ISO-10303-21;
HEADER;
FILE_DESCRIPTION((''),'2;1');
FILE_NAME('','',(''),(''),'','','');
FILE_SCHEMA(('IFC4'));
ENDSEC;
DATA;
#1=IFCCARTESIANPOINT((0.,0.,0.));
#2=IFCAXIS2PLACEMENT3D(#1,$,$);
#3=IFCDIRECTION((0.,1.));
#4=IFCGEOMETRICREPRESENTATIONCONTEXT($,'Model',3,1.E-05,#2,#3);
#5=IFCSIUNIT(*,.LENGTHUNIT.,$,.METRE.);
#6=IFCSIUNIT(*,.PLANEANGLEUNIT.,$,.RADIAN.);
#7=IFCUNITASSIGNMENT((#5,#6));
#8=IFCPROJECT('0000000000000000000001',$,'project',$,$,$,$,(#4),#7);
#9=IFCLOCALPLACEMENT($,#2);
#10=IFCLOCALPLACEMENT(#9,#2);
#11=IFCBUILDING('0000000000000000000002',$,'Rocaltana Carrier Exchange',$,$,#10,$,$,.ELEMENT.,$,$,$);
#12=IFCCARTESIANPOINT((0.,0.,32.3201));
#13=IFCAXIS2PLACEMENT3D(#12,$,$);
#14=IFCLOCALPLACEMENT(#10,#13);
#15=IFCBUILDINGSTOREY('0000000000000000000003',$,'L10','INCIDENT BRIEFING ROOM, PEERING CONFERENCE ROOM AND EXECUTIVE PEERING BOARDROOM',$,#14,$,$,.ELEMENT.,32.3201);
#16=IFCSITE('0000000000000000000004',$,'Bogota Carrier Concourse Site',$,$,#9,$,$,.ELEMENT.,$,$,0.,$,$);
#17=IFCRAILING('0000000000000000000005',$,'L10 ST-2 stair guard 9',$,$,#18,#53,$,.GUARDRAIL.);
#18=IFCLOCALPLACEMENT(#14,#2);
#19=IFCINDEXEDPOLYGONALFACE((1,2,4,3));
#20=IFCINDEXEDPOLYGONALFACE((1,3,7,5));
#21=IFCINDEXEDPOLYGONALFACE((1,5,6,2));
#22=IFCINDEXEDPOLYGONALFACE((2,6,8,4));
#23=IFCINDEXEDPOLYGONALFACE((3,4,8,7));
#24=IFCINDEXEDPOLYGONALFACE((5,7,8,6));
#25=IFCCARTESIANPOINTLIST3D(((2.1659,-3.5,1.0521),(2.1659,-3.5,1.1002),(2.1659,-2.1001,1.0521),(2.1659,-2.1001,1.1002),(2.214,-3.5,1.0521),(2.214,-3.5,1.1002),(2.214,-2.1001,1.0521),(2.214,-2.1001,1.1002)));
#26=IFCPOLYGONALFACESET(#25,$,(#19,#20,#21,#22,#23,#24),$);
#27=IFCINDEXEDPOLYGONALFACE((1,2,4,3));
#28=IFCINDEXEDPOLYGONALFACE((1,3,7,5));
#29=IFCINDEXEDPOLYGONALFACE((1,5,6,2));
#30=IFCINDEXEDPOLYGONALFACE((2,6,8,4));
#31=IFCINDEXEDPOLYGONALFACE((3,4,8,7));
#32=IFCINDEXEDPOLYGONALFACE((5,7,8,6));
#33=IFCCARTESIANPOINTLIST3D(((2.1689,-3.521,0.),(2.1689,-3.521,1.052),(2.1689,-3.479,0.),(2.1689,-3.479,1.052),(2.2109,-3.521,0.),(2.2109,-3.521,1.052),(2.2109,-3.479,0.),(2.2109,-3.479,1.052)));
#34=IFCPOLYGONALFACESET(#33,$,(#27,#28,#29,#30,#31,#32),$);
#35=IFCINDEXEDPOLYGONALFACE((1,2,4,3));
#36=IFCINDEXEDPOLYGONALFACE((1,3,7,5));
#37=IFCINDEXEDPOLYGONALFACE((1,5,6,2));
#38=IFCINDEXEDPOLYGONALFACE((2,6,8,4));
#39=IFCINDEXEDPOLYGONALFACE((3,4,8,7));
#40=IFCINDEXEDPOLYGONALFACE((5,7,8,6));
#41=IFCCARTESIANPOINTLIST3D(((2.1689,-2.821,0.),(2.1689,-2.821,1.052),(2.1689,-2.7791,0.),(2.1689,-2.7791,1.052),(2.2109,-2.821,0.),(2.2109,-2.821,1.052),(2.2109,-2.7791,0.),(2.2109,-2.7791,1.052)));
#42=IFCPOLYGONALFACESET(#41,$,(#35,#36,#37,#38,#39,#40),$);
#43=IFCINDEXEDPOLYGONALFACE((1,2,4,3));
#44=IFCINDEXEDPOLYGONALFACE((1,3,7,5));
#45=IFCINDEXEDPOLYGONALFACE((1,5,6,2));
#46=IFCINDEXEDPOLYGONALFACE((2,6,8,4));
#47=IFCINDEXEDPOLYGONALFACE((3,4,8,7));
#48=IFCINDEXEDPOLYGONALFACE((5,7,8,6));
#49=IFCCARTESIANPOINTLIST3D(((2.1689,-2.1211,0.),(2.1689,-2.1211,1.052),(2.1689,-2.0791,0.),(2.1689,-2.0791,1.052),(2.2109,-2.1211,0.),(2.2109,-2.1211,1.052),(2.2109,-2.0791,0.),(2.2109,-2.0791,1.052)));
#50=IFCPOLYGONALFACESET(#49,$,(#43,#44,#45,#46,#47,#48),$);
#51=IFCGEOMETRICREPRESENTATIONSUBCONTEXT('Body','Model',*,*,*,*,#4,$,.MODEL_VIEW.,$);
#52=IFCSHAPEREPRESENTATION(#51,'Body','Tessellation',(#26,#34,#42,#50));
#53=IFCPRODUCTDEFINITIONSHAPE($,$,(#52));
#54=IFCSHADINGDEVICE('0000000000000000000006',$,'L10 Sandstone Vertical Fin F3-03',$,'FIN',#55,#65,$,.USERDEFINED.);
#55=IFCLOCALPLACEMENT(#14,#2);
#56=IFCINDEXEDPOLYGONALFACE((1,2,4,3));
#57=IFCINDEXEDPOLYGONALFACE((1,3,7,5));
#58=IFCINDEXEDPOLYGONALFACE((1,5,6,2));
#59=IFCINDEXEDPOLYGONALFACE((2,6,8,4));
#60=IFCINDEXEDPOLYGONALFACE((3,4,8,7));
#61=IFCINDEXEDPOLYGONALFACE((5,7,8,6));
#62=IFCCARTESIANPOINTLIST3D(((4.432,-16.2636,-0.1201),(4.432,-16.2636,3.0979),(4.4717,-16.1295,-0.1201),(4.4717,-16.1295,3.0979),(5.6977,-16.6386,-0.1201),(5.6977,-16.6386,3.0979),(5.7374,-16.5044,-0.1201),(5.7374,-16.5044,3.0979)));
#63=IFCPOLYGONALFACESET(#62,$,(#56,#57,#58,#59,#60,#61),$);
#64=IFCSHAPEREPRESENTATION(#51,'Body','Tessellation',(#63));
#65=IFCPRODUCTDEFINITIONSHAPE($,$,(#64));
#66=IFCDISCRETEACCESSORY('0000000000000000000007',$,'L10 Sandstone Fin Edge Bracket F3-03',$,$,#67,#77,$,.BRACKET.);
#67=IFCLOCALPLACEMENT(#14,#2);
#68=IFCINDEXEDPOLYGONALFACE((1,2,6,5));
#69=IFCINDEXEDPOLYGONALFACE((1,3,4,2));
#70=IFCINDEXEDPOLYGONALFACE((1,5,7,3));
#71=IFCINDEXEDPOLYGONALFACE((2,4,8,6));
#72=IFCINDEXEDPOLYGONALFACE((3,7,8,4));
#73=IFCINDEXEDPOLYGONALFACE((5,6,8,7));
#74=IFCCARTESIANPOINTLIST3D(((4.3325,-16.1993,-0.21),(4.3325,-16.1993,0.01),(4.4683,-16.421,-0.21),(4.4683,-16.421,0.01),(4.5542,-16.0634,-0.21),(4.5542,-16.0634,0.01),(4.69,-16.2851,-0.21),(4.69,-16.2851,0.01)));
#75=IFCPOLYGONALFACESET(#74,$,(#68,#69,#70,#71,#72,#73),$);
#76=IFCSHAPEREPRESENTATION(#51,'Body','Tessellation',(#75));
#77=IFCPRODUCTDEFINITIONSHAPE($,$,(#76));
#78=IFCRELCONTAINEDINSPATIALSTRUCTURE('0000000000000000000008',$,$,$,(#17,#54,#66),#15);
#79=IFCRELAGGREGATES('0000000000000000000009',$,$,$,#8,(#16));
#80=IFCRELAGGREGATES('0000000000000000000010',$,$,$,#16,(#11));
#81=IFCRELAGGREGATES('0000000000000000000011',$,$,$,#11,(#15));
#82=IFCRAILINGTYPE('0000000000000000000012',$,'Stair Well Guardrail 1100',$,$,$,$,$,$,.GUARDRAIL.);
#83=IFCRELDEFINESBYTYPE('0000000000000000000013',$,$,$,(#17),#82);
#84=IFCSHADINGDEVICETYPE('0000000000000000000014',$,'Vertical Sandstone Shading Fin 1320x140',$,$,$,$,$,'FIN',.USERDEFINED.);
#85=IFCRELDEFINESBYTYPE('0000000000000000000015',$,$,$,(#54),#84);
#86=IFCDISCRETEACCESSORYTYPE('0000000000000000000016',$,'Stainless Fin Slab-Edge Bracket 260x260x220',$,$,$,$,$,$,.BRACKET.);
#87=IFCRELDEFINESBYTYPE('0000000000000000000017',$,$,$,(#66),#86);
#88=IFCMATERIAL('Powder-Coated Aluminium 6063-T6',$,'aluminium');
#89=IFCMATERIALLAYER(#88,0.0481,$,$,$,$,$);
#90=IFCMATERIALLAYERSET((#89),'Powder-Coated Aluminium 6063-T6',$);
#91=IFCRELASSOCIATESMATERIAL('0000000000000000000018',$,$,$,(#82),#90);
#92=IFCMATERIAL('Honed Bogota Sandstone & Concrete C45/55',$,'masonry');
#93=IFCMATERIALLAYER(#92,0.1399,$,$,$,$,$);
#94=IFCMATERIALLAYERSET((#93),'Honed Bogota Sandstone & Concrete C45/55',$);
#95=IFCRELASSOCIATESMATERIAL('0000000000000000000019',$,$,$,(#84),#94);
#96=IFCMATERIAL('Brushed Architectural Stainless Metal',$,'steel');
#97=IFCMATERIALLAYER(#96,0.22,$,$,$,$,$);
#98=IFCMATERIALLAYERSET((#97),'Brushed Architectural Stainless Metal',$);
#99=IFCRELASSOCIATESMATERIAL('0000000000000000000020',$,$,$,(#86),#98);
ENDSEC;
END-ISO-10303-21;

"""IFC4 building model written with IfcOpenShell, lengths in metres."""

from ifc_helpers import new_model, si_unit, direction, frame, origin, origin_2d, place, context, subcontext, project, spatial, rectangle, extrude, material, layer, layer_set, type_object, element, save


model = new_model("IFC4")

# Units and contexts
model_context = context("Model", 3, precision=1e-05, world=origin(), true_north=direction((0.0, 1.0)))
body_context = subcontext(model_context, "Body", "Model", "MODEL_VIEW")
ifc_project = project(units=[si_unit("LENGTHUNIT", "METRE"), si_unit("PLANEANGLEUNIT", "RADIAN")], contexts=[model_context])

# Site, building, storey
site_placement = place(None, origin())
site = spatial("IfcSite", under=ifc_project, at=site_placement, Name="Bogota Carrier Concourse Site", CompositionType="ELEMENT", RefElevation=0.0)
building_placement = place(site_placement, origin())
building = spatial("IfcBuilding", under=site, at=building_placement, Name="Rocaltana Carrier Exchange", CompositionType="ELEMENT")
storey_placement = place(building_placement, frame((0.0, 0.0, 32.3201)))
storey = spatial("IfcBuildingStorey", under=building, at=storey_placement, Name="L10", Description="INCIDENT BRIEFING ROOM, PEERING CONFERENCE ROOM AND EXECUTIVE PEERING BOARDROOM", CompositionType="ELEMENT", Elevation=32.3201)

# Railing
ifc_material_1 = material(Name="Powder-Coated Aluminium 6063-T6", Category="aluminium")
ifc_layer_1 = layer(ifc_material_1, 0.0481)
ifc_layer_set_1 = layer_set([ifc_layer_1], Name="Powder-Coated Aluminium 6063-T6")
railing_type = type_object("IfcRailingType", Name="Stair Well Guardrail 1100", PredefinedType="GUARDRAIL", material=ifc_layer_set_1)
railing_placement = place(storey_placement, frame((2.1899, -3.5, 0.0)))
element("IfcRailing", 1, at=railing_placement, inside=storey, type_object=railing_type, Name="L10 ST-2 stair guard 9", PredefinedType="GUARDRAIL", context=body_context, shape_type="SweptSolid", body=[
    extrude(rectangle(XDim=0.0481, YDim=0.0481, at=origin_2d()), frame((0.0, 0.0, 1.0762), z_axis=(0.0, 1.0, 0.0), x_axis=(-1.0, 0.0, 0.0)), (0.0, 0.0, 1.0), 1.3999),
    extrude(rectangle(XDim=0.042, YDim=0.042, at=origin_2d()), origin(), (0.0, 0.0, 1.0), 1.052),
    extrude(rectangle(XDim=0.042, YDim=0.042, at=origin_2d()), frame((0.0, 0.7, 0.0)), (0.0, 0.0, 1.0), 1.052),
    extrude(rectangle(XDim=0.042, YDim=0.042, at=origin_2d()), frame((0.0, 1.3999, 0.0)), (0.0, 0.0, 1.0), 1.052),
])

# Shading device
ifc_material_2 = material(Name="Honed Bogota Sandstone & Concrete C45/55", Category="masonry")
ifc_layer_2 = layer(ifc_material_2, 0.1399)
ifc_layer_set_2 = layer_set([ifc_layer_2], Name="Honed Bogota Sandstone & Concrete C45/55")
shading_device_type = type_object("IfcShadingDeviceType", Name="Vertical Sandstone Shading Fin 1320x140", ElementType="FIN", PredefinedType="USERDEFINED", material=ifc_layer_set_2)
shading_device_placement = place(storey_placement, frame((5.0847, -16.384, -0.1201), z_axis=(0.0, 0.0, 1.0), x_axis=(0.95882, -0.284015, 0.0)))
element("IfcShadingDevice", 2, at=shading_device_placement, inside=storey, type_object=shading_device_type, Name="L10 Sandstone Vertical Fin F3-03", ObjectType="FIN", PredefinedType="USERDEFINED", context=body_context, shape_type="SweptSolid", body=[
    extrude(rectangle(XDim=1.3201, YDim=0.1399, at=origin_2d()), origin(), (0.0, 0.0, 1.0), 3.218),
])

# Discrete accessory
ifc_material_3 = material(Name="Brushed Architectural Stainless Metal", Category="steel")
ifc_layer_3 = layer(ifc_material_3, 0.22)
ifc_layer_set_3 = layer_set([ifc_layer_3], Name="Brushed Architectural Stainless Metal")
discrete_accessory_type = type_object("IfcDiscreteAccessoryType", Name="Stainless Fin Slab-Edge Bracket 260x260x220", PredefinedType="BRACKET", material=ifc_layer_set_3)
discrete_accessory_placement = place(storey_placement, frame((4.5112, -16.2422, -0.21), z_axis=(0.0, 0.0, 1.0), x_axis=(0.85264, 0.522499, 0.0)))
element("IfcDiscreteAccessory", 3, at=discrete_accessory_placement, inside=storey, type_object=discrete_accessory_type, Name="L10 Sandstone Fin Edge Bracket F3-03", PredefinedType="BRACKET", context=body_context, shape_type="SweptSolid", body=[
    extrude(rectangle(XDim=0.26, YDim=0.26, at=origin_2d()), origin(), (0.0, 0.0, 1.0), 0.22),
])

save(model, "model.ifc")
